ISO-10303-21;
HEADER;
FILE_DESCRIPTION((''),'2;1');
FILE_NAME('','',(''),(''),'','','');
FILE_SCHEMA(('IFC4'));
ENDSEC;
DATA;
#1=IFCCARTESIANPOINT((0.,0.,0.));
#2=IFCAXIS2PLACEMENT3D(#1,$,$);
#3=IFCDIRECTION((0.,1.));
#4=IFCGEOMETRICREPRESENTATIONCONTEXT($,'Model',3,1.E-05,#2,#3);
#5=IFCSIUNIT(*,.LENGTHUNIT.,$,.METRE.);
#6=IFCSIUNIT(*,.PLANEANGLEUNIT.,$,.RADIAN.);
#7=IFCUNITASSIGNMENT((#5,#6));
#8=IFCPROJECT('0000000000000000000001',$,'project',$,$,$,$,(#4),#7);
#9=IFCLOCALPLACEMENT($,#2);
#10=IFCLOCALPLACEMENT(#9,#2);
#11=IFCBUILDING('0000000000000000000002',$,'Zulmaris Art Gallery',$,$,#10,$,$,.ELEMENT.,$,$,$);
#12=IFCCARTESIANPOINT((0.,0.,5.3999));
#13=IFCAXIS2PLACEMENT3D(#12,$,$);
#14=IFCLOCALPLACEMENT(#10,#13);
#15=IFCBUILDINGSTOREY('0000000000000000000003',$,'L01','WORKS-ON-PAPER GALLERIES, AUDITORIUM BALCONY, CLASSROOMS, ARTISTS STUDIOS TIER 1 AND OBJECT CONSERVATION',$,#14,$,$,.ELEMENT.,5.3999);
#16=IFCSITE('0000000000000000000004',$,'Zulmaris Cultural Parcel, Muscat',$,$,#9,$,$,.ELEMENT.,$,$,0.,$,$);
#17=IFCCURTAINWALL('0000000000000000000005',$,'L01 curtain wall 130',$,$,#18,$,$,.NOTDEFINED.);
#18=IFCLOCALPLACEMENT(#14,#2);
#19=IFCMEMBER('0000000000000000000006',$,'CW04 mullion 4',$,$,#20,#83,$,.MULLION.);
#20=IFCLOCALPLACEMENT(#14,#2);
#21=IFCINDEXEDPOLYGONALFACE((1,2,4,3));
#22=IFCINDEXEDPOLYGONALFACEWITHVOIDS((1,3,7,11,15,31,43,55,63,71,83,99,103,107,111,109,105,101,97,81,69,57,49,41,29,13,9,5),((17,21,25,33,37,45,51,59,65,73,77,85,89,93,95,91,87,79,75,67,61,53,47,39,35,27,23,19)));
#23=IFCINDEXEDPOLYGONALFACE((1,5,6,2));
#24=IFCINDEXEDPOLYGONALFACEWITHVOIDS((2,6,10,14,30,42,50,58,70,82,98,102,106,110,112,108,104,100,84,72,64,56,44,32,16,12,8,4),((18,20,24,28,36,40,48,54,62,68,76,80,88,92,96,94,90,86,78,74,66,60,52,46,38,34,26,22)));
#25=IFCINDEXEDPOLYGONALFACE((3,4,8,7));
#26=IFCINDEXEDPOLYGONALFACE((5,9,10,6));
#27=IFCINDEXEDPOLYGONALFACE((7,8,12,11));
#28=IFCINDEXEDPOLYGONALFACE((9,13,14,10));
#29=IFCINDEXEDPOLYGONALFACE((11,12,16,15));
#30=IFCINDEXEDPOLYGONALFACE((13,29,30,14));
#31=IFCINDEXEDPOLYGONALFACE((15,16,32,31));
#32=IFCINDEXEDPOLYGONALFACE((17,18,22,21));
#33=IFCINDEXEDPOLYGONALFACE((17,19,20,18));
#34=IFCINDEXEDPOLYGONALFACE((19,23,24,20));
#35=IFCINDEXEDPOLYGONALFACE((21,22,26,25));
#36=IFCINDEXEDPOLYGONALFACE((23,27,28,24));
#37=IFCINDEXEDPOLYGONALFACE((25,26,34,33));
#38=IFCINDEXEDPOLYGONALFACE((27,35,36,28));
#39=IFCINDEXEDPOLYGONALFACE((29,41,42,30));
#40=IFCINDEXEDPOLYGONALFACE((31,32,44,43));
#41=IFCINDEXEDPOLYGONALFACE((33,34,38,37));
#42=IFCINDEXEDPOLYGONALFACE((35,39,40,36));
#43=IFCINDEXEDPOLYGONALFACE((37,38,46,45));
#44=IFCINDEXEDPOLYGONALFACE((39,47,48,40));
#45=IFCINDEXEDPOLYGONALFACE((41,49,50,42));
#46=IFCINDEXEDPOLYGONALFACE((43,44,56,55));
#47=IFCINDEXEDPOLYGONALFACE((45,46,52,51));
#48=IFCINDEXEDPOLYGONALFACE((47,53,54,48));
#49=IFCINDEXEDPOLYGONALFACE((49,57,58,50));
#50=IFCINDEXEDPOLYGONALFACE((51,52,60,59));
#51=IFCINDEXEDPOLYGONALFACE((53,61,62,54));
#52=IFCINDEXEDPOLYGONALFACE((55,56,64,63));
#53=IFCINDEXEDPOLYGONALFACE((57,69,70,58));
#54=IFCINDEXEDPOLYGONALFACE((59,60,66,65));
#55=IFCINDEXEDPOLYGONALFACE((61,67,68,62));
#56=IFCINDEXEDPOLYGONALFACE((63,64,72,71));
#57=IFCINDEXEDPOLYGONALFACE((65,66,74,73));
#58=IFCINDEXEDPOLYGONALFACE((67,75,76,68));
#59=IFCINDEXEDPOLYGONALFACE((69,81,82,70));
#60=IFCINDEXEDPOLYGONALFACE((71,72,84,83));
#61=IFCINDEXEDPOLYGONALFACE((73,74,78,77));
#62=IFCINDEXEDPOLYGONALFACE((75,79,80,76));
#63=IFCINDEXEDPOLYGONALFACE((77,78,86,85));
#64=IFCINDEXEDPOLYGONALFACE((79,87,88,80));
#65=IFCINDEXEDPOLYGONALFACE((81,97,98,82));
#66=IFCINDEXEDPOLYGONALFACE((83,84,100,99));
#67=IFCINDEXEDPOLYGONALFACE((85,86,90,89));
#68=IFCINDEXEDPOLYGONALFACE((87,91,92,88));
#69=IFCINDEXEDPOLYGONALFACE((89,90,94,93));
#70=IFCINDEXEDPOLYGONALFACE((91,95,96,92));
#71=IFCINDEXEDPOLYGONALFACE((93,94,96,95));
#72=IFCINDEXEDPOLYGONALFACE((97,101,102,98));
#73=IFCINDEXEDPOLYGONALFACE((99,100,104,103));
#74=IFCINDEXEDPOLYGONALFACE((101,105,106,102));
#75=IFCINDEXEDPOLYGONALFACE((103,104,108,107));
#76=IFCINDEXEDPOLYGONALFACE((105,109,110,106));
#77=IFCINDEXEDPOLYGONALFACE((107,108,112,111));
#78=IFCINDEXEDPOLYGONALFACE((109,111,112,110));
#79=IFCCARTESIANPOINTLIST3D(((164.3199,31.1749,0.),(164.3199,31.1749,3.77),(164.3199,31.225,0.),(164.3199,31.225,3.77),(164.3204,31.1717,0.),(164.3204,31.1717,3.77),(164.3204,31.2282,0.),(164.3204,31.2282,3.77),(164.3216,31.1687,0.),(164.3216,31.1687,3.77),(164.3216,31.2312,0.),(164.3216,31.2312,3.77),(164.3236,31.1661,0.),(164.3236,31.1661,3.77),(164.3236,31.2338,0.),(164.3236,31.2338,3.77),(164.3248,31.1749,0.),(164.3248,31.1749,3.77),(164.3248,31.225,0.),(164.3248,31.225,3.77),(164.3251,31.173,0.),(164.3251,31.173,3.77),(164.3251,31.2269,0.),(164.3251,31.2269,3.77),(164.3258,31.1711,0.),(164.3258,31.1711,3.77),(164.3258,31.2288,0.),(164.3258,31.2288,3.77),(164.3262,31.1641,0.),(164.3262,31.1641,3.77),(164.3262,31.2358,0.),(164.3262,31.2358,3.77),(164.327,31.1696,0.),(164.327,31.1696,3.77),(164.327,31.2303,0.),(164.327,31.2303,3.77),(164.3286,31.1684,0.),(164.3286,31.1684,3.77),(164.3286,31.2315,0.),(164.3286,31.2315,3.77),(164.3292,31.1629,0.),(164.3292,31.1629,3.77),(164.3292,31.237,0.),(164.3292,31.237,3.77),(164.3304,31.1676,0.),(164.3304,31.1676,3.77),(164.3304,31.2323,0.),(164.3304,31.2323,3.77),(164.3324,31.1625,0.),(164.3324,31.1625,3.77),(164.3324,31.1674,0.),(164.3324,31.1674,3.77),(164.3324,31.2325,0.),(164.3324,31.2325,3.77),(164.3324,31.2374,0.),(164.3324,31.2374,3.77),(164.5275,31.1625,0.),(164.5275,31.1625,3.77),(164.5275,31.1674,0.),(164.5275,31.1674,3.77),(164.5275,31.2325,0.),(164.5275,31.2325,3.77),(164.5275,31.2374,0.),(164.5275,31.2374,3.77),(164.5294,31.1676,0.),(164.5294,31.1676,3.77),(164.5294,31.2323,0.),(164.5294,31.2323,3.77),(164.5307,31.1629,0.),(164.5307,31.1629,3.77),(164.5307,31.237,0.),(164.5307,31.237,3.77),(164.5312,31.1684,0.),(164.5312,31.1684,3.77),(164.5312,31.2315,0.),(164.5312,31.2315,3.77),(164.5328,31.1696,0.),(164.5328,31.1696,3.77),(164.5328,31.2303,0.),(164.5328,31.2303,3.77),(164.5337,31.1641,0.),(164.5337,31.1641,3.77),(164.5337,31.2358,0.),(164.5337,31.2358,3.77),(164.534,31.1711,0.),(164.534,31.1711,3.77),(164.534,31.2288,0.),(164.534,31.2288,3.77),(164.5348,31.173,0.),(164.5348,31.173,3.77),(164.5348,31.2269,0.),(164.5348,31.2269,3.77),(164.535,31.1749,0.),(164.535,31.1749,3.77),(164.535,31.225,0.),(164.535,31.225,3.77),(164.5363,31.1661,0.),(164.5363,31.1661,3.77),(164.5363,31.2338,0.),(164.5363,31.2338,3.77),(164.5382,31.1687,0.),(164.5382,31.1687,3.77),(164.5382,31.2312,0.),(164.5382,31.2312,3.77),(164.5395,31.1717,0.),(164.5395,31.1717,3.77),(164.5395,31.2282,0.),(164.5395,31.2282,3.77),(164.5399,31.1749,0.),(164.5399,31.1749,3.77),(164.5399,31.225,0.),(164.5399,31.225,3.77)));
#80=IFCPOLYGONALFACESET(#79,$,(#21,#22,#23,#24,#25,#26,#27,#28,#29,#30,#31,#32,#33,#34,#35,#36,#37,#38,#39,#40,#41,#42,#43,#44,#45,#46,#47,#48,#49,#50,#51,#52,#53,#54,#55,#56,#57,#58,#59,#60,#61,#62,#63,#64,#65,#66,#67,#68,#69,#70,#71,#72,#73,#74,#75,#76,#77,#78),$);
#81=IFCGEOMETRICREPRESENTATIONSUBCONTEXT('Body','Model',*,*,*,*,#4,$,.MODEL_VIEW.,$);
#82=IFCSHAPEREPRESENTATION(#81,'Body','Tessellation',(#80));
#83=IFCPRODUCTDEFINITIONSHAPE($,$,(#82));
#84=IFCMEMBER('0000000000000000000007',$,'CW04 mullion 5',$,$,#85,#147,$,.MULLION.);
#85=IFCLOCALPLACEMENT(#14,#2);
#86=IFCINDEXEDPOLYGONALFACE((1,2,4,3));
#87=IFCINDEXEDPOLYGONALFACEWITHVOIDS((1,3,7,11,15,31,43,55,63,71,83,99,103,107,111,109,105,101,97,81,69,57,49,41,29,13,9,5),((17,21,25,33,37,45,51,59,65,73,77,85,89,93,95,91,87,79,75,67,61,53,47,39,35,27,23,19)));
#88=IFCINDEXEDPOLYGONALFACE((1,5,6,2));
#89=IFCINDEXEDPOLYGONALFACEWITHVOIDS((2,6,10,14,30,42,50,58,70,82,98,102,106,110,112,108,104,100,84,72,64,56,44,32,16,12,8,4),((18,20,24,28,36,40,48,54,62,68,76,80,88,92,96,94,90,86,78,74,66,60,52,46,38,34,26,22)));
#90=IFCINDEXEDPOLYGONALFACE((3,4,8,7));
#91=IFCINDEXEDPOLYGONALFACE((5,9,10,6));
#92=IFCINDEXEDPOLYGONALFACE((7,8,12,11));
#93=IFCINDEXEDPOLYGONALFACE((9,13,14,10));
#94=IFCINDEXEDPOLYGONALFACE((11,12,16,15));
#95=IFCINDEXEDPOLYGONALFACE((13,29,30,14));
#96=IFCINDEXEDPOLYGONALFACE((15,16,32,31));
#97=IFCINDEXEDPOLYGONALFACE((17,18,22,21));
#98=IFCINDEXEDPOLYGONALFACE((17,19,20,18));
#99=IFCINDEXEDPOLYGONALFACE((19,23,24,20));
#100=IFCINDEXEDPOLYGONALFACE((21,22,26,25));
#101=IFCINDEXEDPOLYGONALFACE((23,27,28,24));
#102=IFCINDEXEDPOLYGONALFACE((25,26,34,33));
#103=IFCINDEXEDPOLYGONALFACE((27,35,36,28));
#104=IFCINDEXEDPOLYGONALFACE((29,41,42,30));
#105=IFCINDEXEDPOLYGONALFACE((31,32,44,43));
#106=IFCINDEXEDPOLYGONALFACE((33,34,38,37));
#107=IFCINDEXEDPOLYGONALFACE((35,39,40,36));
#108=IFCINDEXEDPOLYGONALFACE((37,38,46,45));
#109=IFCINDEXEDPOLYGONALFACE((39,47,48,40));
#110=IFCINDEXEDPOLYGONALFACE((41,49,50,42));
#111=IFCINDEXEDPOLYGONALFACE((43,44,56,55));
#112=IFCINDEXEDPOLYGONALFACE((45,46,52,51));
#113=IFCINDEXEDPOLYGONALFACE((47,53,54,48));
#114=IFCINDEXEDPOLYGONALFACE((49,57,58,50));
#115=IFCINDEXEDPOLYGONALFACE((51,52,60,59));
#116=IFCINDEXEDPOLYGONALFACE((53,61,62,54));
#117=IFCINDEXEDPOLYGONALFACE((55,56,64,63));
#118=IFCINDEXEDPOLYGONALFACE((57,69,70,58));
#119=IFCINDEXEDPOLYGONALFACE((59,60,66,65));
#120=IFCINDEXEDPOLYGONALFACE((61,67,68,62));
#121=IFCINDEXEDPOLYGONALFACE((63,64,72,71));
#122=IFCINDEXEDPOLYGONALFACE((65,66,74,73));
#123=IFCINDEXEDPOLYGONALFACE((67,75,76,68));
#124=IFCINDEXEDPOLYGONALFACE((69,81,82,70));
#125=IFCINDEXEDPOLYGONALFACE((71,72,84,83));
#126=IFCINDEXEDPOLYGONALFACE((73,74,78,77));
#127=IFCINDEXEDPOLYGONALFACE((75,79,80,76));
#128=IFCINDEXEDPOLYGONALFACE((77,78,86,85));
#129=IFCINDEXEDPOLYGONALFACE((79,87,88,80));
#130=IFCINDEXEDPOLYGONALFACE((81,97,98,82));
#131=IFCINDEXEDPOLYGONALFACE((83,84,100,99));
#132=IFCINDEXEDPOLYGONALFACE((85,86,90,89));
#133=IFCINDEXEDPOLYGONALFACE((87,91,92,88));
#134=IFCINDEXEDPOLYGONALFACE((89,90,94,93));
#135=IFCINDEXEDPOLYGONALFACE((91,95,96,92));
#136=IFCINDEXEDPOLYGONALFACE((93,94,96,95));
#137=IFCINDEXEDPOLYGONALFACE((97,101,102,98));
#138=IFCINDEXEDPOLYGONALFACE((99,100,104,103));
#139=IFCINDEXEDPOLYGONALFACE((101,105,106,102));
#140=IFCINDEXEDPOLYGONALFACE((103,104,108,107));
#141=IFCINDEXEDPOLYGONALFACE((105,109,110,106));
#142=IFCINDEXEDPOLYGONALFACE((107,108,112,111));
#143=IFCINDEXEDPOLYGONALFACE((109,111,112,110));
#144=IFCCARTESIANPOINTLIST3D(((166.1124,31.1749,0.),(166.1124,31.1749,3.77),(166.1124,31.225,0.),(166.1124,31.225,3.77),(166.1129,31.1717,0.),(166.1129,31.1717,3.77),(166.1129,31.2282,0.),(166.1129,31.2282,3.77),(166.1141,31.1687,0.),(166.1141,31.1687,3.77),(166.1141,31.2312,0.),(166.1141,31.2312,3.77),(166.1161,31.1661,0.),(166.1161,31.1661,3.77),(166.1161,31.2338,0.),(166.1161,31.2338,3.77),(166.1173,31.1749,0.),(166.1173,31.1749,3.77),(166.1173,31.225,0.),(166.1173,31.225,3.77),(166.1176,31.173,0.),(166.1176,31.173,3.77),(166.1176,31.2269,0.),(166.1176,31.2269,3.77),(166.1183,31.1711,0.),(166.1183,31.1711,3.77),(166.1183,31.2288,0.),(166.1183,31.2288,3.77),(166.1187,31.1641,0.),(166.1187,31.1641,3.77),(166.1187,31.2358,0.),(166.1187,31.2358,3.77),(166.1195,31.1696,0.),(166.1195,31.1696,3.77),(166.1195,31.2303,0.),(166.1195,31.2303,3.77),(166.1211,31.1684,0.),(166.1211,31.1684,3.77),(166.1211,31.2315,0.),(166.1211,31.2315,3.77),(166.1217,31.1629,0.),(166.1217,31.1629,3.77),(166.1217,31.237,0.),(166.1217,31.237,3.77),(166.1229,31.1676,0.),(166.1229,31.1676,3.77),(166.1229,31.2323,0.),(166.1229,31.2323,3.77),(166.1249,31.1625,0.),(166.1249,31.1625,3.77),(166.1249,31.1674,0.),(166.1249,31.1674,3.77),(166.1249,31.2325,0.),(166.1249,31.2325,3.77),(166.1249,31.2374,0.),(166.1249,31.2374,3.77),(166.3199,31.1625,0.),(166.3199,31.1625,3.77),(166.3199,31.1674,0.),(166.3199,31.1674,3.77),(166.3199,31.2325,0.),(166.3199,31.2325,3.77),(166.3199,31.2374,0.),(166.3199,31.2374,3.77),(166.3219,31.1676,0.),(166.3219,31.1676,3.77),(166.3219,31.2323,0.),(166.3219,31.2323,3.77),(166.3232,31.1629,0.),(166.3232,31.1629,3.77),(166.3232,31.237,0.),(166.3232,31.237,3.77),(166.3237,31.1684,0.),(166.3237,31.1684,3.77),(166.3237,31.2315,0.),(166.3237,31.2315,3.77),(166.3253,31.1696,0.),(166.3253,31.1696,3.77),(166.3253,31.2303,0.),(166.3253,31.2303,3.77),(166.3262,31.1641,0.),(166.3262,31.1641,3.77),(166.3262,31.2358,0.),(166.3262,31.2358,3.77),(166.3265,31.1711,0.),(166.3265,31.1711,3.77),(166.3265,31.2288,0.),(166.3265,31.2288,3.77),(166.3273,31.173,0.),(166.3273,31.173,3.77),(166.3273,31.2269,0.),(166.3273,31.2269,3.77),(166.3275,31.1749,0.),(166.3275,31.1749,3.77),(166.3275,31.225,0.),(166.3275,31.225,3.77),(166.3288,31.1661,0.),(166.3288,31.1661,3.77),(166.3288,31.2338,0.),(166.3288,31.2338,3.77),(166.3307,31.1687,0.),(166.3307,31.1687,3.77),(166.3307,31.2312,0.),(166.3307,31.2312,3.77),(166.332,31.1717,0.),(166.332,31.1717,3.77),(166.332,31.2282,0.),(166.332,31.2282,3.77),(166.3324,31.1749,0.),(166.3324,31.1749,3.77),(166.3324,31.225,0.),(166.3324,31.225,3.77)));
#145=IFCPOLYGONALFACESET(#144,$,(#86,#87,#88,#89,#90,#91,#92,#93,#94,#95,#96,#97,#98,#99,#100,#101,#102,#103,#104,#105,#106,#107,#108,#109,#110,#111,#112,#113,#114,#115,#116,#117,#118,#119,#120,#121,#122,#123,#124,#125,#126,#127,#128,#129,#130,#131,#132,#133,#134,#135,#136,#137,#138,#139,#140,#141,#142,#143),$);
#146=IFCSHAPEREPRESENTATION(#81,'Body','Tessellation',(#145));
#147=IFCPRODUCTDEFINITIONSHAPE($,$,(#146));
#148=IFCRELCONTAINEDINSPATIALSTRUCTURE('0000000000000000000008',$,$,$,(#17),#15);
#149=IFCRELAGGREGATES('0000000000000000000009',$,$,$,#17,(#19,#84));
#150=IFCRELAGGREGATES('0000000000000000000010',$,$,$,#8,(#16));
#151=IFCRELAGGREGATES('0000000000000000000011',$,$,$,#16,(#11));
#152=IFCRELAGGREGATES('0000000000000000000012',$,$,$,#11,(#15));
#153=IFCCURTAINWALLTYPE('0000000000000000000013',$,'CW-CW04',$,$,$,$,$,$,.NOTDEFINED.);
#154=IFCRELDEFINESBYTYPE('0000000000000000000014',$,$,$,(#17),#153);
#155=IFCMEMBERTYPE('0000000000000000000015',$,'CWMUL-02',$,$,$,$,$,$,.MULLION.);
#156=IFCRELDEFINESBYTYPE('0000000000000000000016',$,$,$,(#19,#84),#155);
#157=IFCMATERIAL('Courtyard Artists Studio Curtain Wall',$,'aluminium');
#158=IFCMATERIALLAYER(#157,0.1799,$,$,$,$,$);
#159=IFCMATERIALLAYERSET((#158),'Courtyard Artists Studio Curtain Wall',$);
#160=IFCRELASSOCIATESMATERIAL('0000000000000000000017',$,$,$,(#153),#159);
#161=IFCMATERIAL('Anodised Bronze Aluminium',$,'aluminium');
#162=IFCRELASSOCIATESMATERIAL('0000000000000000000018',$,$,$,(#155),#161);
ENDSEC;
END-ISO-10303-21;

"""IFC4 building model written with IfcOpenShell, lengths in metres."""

from ifc_helpers import new_model, si_unit, direction, frame, origin, origin_2d, place, context, subcontext, project, spatial, hollow_rectangle, extrude, material, layer, layer_set, material_profile, profile_set, type_object, element, aggregate, save


model = new_model("IFC4")

# Units and contexts
model_context = context("Model", 3, precision=1e-05, world=origin(), true_north=direction((0.0, 1.0)))
body_context = subcontext(model_context, "Body", "Model", "MODEL_VIEW")
ifc_project = project(units=[si_unit("LENGTHUNIT", "METRE"), si_unit("PLANEANGLEUNIT", "RADIAN")], contexts=[model_context])

# Site, building, storey
site_placement = place(None, origin())
site = spatial("IfcSite", under=ifc_project, at=site_placement, Name="Zulmaris Cultural Parcel, Muscat", CompositionType="ELEMENT", RefElevation=0.0)
building_placement = place(site_placement, origin())
building = spatial("IfcBuilding", under=site, at=building_placement, Name="Zulmaris Art Gallery", CompositionType="ELEMENT")
storey_placement = place(building_placement, frame((0.0, 0.0, 5.3999)))
storey = spatial("IfcBuildingStorey", under=building, at=storey_placement, Name="L01", Description="WORKS-ON-PAPER GALLERIES, AUDITORIUM BALCONY, CLASSROOMS, ARTISTS STUDIOS TIER 1 AND OBJECT CONSERVATION", CompositionType="ELEMENT", Elevation=5.3999)

# Curtain wall, members
ifc_material_1 = material(Name="Courtyard Artists Studio Curtain Wall", Category="aluminium")
ifc_layer_1 = layer(ifc_material_1, 0.1799)
ifc_layer_set_1 = layer_set([ifc_layer_1], Name="Courtyard Artists Studio Curtain Wall")
curtain_wall_type = type_object("IfcCurtainWallType", Name="CW-CW04", PredefinedType="NOTDEFINED", material=ifc_layer_set_1)
curtain_wall_1_placement = place(storey_placement, origin())
curtain_wall_1 = element("IfcCurtainWall", 1, at=curtain_wall_1_placement, inside=storey, type_object=curtain_wall_type, Name="L01 curtain wall 130", PredefinedType="NOTDEFINED")
ifc_material_2 = material(Name="Anodised Bronze Aluminium", Category="aluminium")
ifc_material_profile_1 = material_profile(ifc_material_2, hollow_rectangle(XDim=0.075, YDim=0.22, WallThickness=0.0049, InnerFilletRadius=0.0076, OuterFilletRadius=0.0125, at=origin_2d()), Name="ALU 75x220x5")
ifc_profile_set_1 = profile_set([ifc_material_profile_1], Name="Anodised Bronze Aluminium")
member_type_1 = type_object("IfcMemberType", Name="CWMUL-02", PredefinedType="MULLION", material=ifc_profile_set_1)
member_1_placement = place(storey_placement, frame((164.4299, 31.2, 0.0), z_axis=(0.0, 0.0, 1.0), x_axis=(0.0, 1.0, 0.0)))
member_1 = element("IfcMember", 2, at=member_1_placement, type_object=member_type_1, Name="CW04 mullion 4", PredefinedType="MULLION", context=body_context, shape_type="SweptSolid", body=[
    extrude(hollow_rectangle(XDim=0.075, YDim=0.22, WallThickness=0.0049, InnerFilletRadius=0.0076, OuterFilletRadius=0.0125, at=origin_2d()), origin(), (0.0, 0.0, 1.0), 3.77),
])
member_2_placement = place(storey_placement, frame((166.2224, 31.2, 0.0), z_axis=(0.0, 0.0, 1.0), x_axis=(0.0, 1.0, 0.0)))
member_2 = element("IfcMember", 3, at=member_2_placement, type_object=member_type_1, Name="CW04 mullion 5", PredefinedType="MULLION", context=body_context, shape_type="SweptSolid", body=[
    extrude(hollow_rectangle(XDim=0.075, YDim=0.22, WallThickness=0.0049, InnerFilletRadius=0.0076, OuterFilletRadius=0.0125, at=origin_2d()), origin(), (0.0, 0.0, 1.0), 3.77),
])

aggregate(curtain_wall_1, [member_1, member_2])

save(model, "model.ifc")
